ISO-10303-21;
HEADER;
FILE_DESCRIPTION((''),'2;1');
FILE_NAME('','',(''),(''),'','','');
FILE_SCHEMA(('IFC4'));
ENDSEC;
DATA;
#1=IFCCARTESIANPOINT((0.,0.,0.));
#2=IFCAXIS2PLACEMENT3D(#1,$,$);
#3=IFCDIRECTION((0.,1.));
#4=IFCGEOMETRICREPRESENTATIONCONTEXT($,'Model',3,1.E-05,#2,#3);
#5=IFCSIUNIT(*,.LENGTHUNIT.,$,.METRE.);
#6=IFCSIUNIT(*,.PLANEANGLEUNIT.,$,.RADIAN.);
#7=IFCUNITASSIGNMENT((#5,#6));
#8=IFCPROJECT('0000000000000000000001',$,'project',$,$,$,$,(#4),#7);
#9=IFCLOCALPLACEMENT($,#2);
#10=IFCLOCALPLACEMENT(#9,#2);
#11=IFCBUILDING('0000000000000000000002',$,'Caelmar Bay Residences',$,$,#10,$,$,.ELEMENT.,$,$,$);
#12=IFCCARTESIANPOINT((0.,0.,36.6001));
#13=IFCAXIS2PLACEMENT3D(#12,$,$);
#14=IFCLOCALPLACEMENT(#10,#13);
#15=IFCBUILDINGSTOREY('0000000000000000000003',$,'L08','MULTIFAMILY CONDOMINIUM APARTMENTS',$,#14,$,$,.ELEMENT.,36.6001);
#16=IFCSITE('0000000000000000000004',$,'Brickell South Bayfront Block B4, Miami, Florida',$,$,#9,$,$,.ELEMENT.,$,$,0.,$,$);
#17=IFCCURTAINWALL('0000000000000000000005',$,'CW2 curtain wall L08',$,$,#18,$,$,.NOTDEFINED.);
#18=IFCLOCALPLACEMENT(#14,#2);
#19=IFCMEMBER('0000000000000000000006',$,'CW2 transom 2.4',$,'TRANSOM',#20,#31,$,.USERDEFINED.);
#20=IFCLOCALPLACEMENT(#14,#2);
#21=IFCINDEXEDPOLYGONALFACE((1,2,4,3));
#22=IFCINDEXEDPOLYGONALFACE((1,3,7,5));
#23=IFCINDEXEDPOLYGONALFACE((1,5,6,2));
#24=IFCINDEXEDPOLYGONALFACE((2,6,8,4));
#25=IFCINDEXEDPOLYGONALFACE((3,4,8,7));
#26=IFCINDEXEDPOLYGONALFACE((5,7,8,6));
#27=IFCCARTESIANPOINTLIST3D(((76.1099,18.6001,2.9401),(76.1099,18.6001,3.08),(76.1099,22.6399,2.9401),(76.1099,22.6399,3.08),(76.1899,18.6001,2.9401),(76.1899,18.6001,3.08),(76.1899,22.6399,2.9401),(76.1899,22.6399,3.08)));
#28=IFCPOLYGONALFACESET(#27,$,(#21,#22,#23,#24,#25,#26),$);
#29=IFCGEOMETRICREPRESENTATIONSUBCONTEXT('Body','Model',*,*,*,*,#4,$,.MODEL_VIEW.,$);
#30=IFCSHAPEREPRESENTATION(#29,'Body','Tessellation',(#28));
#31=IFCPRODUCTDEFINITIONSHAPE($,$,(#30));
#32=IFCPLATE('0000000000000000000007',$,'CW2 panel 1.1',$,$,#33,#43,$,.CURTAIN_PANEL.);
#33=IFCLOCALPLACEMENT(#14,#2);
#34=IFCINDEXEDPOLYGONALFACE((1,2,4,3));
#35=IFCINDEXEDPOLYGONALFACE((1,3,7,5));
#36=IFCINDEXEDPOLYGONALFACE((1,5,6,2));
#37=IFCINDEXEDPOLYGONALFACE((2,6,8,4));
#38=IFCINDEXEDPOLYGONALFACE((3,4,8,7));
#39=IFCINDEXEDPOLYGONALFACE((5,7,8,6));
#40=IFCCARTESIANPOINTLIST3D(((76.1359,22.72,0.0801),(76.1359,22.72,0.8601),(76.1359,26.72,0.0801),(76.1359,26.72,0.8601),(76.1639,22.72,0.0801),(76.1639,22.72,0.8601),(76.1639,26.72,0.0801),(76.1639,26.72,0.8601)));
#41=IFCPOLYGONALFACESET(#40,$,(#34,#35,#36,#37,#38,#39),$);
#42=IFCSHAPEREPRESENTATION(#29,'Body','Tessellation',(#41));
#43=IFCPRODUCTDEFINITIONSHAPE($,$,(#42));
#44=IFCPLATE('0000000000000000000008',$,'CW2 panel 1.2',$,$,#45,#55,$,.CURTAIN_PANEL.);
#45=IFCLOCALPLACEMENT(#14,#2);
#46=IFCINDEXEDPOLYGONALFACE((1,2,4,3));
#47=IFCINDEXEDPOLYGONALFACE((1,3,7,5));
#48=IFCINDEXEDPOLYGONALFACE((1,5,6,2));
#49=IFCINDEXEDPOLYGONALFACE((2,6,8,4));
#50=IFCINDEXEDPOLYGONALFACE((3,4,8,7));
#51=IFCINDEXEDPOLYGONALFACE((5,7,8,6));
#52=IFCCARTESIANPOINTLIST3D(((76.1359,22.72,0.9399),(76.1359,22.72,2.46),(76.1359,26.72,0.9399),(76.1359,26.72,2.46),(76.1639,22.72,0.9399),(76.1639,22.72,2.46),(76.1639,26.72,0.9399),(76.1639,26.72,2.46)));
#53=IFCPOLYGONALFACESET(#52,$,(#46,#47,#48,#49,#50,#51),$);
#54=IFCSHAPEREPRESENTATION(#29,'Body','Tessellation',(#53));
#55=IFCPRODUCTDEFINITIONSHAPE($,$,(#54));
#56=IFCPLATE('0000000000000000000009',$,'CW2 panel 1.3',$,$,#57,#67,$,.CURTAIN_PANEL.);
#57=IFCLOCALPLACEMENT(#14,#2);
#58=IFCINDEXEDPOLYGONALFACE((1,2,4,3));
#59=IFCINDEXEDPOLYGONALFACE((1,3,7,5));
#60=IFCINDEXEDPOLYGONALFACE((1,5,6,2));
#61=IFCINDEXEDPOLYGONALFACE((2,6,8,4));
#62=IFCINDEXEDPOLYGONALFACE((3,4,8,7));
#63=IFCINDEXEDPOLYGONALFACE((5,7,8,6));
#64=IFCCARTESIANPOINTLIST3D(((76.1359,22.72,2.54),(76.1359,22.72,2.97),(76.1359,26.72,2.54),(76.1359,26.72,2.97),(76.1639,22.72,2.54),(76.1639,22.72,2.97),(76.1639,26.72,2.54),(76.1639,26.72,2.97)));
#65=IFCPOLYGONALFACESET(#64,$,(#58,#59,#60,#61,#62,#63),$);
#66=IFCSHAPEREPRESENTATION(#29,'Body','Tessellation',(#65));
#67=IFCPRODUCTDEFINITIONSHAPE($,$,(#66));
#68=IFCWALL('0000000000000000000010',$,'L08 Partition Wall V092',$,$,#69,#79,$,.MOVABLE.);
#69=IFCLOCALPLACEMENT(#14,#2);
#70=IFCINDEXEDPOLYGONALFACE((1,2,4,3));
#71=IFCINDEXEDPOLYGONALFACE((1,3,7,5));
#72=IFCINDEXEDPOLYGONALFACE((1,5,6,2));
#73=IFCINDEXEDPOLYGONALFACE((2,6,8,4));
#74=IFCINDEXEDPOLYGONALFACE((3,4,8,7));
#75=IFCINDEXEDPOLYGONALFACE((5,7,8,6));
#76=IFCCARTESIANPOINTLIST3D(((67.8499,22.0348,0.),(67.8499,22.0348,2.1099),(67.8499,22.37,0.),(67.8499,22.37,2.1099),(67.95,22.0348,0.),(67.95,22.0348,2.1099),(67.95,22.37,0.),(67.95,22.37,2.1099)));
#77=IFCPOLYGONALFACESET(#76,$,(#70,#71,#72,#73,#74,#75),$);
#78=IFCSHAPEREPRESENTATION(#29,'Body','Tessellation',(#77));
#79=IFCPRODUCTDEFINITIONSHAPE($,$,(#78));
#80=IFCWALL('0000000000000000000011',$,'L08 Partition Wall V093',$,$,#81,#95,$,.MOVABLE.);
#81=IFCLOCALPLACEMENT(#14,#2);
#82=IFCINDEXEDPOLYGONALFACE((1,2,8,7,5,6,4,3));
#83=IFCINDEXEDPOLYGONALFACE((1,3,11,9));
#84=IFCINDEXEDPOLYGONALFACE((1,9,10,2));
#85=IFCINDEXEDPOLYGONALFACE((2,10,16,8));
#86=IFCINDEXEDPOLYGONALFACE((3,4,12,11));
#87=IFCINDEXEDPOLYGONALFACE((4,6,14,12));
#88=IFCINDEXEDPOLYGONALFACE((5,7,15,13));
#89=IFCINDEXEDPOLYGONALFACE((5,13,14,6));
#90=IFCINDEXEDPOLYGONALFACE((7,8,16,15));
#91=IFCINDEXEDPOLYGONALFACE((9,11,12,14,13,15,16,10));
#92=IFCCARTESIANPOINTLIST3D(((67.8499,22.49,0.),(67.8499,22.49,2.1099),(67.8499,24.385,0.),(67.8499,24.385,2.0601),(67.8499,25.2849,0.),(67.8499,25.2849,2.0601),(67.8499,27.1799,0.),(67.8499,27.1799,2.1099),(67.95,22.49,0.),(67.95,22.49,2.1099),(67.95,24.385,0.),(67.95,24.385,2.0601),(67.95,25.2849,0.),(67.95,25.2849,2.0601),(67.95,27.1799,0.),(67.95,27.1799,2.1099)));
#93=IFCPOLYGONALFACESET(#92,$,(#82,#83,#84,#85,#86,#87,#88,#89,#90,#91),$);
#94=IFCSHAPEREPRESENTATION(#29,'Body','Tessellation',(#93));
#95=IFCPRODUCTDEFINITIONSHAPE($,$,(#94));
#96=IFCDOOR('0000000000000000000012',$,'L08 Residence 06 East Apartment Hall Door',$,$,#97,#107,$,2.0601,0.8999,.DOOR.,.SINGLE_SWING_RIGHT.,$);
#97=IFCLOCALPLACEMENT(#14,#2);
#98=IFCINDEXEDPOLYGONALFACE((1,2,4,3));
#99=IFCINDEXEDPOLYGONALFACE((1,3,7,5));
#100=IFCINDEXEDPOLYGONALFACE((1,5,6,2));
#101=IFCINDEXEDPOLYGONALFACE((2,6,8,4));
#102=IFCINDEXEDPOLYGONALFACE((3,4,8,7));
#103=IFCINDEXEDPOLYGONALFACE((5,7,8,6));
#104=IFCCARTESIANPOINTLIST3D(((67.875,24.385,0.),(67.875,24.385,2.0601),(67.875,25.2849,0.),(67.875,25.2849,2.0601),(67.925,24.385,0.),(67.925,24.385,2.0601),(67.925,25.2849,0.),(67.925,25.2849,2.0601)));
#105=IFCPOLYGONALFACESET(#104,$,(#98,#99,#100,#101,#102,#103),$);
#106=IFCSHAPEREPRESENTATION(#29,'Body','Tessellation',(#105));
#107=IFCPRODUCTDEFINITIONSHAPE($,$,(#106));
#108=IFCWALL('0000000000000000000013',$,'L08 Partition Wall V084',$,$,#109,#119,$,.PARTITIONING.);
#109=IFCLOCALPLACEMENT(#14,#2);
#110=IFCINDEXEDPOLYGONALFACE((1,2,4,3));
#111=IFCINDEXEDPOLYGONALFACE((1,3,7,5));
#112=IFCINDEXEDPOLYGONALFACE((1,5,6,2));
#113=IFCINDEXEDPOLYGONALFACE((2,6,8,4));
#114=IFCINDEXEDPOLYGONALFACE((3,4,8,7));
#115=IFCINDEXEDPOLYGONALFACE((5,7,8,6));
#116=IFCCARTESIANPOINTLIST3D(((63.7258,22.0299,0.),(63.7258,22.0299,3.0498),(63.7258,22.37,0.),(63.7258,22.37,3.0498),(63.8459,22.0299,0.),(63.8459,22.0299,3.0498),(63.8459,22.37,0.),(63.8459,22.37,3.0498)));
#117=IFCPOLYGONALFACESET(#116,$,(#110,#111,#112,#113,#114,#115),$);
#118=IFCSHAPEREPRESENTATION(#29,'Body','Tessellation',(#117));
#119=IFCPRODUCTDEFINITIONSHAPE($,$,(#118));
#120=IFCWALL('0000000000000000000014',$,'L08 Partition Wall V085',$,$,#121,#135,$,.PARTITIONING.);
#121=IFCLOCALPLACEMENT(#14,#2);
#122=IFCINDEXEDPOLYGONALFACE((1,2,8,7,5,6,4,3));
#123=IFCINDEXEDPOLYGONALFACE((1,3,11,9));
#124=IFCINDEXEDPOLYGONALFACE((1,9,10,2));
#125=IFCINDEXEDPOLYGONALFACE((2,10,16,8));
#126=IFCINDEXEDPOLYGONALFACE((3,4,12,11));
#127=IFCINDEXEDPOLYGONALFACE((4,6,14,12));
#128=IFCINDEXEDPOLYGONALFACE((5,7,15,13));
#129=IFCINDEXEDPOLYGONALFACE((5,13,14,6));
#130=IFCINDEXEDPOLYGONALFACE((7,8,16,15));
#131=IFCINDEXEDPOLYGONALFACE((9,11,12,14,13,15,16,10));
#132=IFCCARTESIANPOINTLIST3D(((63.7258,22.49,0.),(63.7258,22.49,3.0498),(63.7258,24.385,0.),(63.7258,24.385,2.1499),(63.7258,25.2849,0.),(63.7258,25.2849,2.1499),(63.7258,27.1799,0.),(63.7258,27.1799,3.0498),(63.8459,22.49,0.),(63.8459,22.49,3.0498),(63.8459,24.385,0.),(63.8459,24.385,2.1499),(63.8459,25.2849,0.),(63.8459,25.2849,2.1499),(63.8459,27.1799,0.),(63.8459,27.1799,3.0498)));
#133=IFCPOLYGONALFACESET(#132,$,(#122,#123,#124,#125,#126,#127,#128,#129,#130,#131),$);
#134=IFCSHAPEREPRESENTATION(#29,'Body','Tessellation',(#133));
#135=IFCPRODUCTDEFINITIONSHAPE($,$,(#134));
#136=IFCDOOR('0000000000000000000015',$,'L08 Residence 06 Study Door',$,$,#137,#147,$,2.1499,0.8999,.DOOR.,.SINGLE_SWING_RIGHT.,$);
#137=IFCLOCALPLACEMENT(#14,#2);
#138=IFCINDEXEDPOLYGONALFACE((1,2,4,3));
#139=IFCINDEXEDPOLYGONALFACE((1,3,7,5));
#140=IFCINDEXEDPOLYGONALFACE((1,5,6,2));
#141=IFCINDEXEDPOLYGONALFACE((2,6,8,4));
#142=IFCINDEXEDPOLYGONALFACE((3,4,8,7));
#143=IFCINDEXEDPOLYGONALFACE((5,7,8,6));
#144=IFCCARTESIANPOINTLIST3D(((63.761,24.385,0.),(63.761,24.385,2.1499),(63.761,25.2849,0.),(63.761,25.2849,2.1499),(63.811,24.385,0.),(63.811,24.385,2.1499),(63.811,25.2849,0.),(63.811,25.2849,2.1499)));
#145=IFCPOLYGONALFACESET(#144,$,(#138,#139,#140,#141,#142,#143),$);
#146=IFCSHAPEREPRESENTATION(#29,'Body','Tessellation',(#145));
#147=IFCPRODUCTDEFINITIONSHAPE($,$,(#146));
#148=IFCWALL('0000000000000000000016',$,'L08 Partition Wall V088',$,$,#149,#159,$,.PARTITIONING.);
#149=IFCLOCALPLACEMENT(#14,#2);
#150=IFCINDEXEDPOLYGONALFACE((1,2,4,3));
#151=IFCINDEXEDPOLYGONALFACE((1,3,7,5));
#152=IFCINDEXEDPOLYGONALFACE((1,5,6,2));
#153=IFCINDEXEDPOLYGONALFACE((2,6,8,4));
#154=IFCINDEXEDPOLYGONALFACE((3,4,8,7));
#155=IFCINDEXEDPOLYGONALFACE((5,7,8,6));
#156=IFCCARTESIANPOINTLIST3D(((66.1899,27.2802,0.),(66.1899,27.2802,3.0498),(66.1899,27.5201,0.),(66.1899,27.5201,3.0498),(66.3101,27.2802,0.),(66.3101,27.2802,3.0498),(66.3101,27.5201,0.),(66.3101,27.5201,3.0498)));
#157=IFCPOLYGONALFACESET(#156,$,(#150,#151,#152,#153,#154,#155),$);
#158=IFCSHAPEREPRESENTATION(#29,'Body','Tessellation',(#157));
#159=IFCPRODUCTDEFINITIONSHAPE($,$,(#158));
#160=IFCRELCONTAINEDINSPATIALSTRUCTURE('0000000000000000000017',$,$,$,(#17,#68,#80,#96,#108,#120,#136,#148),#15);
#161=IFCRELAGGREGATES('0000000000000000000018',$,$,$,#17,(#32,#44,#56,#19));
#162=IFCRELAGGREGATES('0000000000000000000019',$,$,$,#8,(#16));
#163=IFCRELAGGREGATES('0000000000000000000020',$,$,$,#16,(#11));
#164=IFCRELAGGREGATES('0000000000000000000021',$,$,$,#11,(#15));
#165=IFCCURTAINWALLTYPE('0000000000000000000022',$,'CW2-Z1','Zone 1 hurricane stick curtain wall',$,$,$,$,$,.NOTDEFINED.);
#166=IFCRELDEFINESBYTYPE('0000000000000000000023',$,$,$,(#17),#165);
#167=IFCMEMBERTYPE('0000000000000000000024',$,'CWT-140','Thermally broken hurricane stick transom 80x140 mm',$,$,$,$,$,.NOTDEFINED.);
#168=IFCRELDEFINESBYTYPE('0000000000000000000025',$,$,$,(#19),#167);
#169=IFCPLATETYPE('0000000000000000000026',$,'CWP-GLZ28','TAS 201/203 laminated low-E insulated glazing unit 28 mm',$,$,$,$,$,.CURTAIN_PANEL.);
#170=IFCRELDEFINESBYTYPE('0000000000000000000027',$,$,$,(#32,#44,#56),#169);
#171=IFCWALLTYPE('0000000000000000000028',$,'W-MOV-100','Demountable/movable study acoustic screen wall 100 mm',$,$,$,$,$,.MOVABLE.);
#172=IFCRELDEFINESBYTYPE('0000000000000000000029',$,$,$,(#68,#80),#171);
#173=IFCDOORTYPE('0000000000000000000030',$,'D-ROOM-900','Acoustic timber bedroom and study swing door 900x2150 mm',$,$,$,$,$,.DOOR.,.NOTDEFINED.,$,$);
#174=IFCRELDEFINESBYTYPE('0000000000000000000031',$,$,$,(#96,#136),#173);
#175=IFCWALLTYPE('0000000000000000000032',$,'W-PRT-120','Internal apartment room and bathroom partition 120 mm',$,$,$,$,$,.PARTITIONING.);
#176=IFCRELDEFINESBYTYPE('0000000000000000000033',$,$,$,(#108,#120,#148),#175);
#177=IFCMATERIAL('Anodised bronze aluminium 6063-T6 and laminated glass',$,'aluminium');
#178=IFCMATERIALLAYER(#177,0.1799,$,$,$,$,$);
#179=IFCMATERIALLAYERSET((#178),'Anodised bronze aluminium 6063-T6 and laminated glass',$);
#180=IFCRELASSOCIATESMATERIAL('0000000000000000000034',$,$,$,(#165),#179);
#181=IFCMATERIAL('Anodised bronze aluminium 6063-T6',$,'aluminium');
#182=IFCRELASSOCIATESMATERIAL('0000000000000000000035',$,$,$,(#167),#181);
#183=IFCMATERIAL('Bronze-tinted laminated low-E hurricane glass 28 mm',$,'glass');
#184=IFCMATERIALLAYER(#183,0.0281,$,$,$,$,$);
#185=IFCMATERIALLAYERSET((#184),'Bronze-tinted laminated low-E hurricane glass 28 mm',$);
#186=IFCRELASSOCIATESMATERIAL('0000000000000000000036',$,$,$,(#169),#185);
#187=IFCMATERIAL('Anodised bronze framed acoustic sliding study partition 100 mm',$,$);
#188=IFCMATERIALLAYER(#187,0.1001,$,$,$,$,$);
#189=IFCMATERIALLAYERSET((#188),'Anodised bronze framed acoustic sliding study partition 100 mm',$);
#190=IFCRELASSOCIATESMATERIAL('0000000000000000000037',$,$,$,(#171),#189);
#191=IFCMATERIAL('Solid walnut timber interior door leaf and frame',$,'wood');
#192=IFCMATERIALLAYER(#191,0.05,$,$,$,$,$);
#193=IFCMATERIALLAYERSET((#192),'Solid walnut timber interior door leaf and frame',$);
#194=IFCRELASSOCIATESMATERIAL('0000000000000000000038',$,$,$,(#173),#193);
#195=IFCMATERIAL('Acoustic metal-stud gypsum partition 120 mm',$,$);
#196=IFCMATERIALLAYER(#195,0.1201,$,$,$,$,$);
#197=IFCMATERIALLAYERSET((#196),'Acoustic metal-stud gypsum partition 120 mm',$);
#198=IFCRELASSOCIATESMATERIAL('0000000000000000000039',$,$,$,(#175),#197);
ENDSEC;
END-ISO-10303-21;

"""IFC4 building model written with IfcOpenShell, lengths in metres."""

from ifc_helpers import new_model, si_unit, direction, frame, frame_2d, origin, origin_2d, place, context, subcontext, project, spatial, rectangle, extrude, material, layer, layer_set, material_profile, profile_set, type_object, element, fill, aggregate, save


model = new_model("IFC4")

# Units and contexts
model_context = context("Model", 3, precision=1e-05, world=origin(), true_north=direction((0.0, 1.0)))
body_context = subcontext(model_context, "Body", "Model", "MODEL_VIEW")
ifc_project = project(units=[si_unit("LENGTHUNIT", "METRE"), si_unit("PLANEANGLEUNIT", "RADIAN")], contexts=[model_context])

# Site, building, storey
site_placement = place(None, origin())
site = spatial("IfcSite", under=ifc_project, at=site_placement, Name="Brickell South Bayfront Block B4, Miami, Florida", CompositionType="ELEMENT", RefElevation=0.0)
building_placement = place(site_placement, origin())
building = spatial("IfcBuilding", under=site, at=building_placement, Name="Caelmar Bay Residences", CompositionType="ELEMENT")
storey_placement = place(building_placement, frame((0.0, 0.0, 36.6001)))
storey = spatial("IfcBuildingStorey", under=building, at=storey_placement, Name="L08", Description="MULTIFAMILY CONDOMINIUM APARTMENTS", CompositionType="ELEMENT", Elevation=36.6001)

# Curtain wall, member, plates
ifc_material_1 = material(Name="Anodised bronze aluminium 6063-T6 and laminated glass", Category="aluminium")
ifc_layer_1 = layer(ifc_material_1, 0.1799)
ifc_layer_set_1 = layer_set([ifc_layer_1], Name="Anodised bronze aluminium 6063-T6 and laminated glass")
curtain_wall_type = type_object("IfcCurtainWallType", Name="CW2-Z1", Description="Zone 1 hurricane stick curtain wall", PredefinedType="NOTDEFINED", material=ifc_layer_set_1)
curtain_wall_placement = place(storey_placement, origin())
curtain_wall = element("IfcCurtainWall", 1, at=curtain_wall_placement, inside=storey, type_object=curtain_wall_type, Name="CW2 curtain wall L08", PredefinedType="NOTDEFINED")
ifc_material_2 = material(Name="Anodised bronze aluminium 6063-T6", Category="aluminium")
ifc_material_profile_1 = material_profile(ifc_material_2, rectangle(XDim=0.0801, YDim=0.1399, at=origin_2d()), Name="CWT-80X140")
ifc_profile_set_1 = profile_set([ifc_material_profile_1], Name="Anodised bronze aluminium 6063-T6")
member_type_1 = type_object("IfcMemberType", Name="CWT-140", Description="Thermally broken hurricane stick transom 80x140 mm", PredefinedType="NOTDEFINED", material=ifc_profile_set_1)
member_1_placement = place(storey_placement, frame((76.1499, 22.6399, 3.01), z_axis=(0.0, -1.0, 0.0), x_axis=(1.0, 0.0, 0.0)))
member_1 = element("IfcMember", 2, at=member_1_placement, type_object=member_type_1, Name="CW2 transom 2.4", ObjectType="TRANSOM", PredefinedType="USERDEFINED", context=body_context, shape_type="SweptSolid", body=[
    extrude(rectangle(XDim=0.0801, YDim=0.1399, at=origin_2d()), origin(), (0.0, 0.0, 1.0), 4.0398),
])
ifc_material_3 = material(Name="Bronze-tinted laminated low-E hurricane glass 28 mm", Category="glass")
ifc_layer_2 = layer(ifc_material_3, 0.0281)
ifc_layer_set_2 = layer_set([ifc_layer_2], Name="Bronze-tinted laminated low-E hurricane glass 28 mm")
plate_type = type_object("IfcPlateType", Name="CWP-GLZ28", Description="TAS 201/203 laminated low-E insulated glazing unit 28 mm", PredefinedType="CURTAIN_PANEL", material=ifc_layer_set_2)
plate_1_placement = place(storey_placement, frame((76.1499, 24.72, 0.0801), z_axis=(0.0, 0.0, 1.0), x_axis=(0.0, -1.0, 0.0)))
plate_1 = element("IfcPlate", 3, at=plate_1_placement, type_object=plate_type, Name="CW2 panel 1.1", PredefinedType="CURTAIN_PANEL", context=body_context, shape_type="SweptSolid", body=[
    extrude(rectangle(XDim=4.0, YDim=0.0281, at=origin_2d()), origin(), (0.0, 0.0, 1.0), 0.78),
])
plate_2_placement = place(storey_placement, frame((76.1499, 24.72, 0.9399), z_axis=(0.0, 0.0, 1.0), x_axis=(0.0, -1.0, 0.0)))
plate_2 = element("IfcPlate", 4, at=plate_2_placement, type_object=plate_type, Name="CW2 panel 1.2", PredefinedType="CURTAIN_PANEL", context=body_context, shape_type="SweptSolid", body=[
    extrude(rectangle(XDim=4.0, YDim=0.0281, at=origin_2d()), origin(), (0.0, 0.0, 1.0), 1.52),
])
plate_3_placement = place(storey_placement, frame((76.1499, 24.72, 2.54), z_axis=(0.0, 0.0, 1.0), x_axis=(0.0, -1.0, 0.0)))
plate_3 = element("IfcPlate", 5, at=plate_3_placement, type_object=plate_type, Name="CW2 panel 1.3", PredefinedType="CURTAIN_PANEL", context=body_context, shape_type="SweptSolid", body=[
    extrude(rectangle(XDim=4.0, YDim=0.0281, at=origin_2d()), origin(), (0.0, 0.0, 1.0), 0.4299),
])
aggregate(curtain_wall, [plate_1, plate_2, plate_3, member_1])

# Wall
ifc_material_4 = material(Name="Anodised bronze framed acoustic sliding study partition 100 mm")
ifc_layer_3 = layer(ifc_material_4, 0.1001)
ifc_layer_set_3 = layer_set([ifc_layer_3], Name="Anodised bronze framed acoustic sliding study partition 100 mm")
wall_type_1 = type_object("IfcWallType", Name="W-MOV-100", Description="Demountable/movable study acoustic screen wall 100 mm", PredefinedType="MOVABLE", material=ifc_layer_set_3)
wall_1_placement = place(storey_placement, frame((67.8999, 22.0349, 0.0), z_axis=(0.0, 0.0, 1.0), x_axis=(0.0, 1.0, 0.0)))
element("IfcWall", 6, at=wall_1_placement, inside=storey, type_object=wall_type_1, Name="L08 Partition Wall V092", PredefinedType="MOVABLE", context=body_context, shape_type="SweptSolid", body=[
    extrude(rectangle(XDim=0.3352, YDim=0.1001, at=frame_2d((0.1675, 0.0))), origin(), (0.0, 0.0, 1.0), 2.1099),
])

# Wall, opening, door
wall_2_placement = place(storey_placement, frame((67.8999, 22.49, 0.0), z_axis=(0.0, 0.0, 1.0), x_axis=(0.0, 1.0, 0.0)))
wall_2 = element("IfcWall", 7, at=wall_2_placement, inside=storey, type_object=wall_type_1, Name="L08 Partition Wall V093", PredefinedType="MOVABLE", context=body_context, shape_type="SweptSolid", body=[
    extrude(rectangle(XDim=4.6899, YDim=0.1001, at=frame_2d((2.345, 0.0))), origin(), (0.0, 0.0, 1.0), 2.1099),
])
opening_1_placement = place(wall_2_placement, frame((1.895, 0.0, 0.0)))
opening_1 = element("IfcOpeningElement", 8, at=opening_1_placement, cuts=wall_2, PredefinedType="OPENING", context=body_context, shape_type="SweptSolid", body=[
    extrude(rectangle(XDim=0.8999, YDim=2.0601, at=frame_2d((0.45, 1.03))), frame((0.0, 0.0601, 0.0), z_axis=(0.0, -1.0, 0.0), x_axis=(1.0, 0.0, 0.0)), (0.0, 0.0, 1.0), 0.1201),
])
ifc_material_5 = material(Name="Solid walnut timber interior door leaf and frame", Category="wood")
ifc_layer_4 = layer(ifc_material_5, 0.05)
ifc_layer_set_4 = layer_set([ifc_layer_4], Name="Solid walnut timber interior door leaf and frame")
door_type_1 = type_object("IfcDoorType", Name="D-ROOM-900", Description="Acoustic timber bedroom and study swing door 900x2150 mm", OperationType="NOTDEFINED", PredefinedType="DOOR", material=ifc_layer_set_4)
door_1_placement = place(opening_1_placement, origin())
door_1 = element("IfcDoor", 9, at=door_1_placement, inside=storey, type_object=door_type_1, Name="L08 Residence 06 East Apartment Hall Door", OperationType="SINGLE_SWING_RIGHT", OverallHeight=2.0601, OverallWidth=0.8999, PredefinedType="DOOR", context=body_context, shape_type="SweptSolid", body=[
    extrude(rectangle(XDim=0.8999, YDim=2.0601, at=frame_2d((0.45, 1.03))), frame((0.0, 0.0249, 0.0), z_axis=(0.0, -1.0, 0.0), x_axis=(1.0, 0.0, 0.0)), (0.0, 0.0, 1.0), 0.05),
])
fill(opening_1, door_1)

# Wall
ifc_material_6 = material(Name="Acoustic metal-stud gypsum partition 120 mm")
ifc_layer_5 = layer(ifc_material_6, 0.1201)
ifc_layer_set_5 = layer_set([ifc_layer_5], Name="Acoustic metal-stud gypsum partition 120 mm")
wall_type_2 = type_object("IfcWallType", Name="W-PRT-120", Description="Internal apartment room and bathroom partition 120 mm", PredefinedType="PARTITIONING", material=ifc_layer_set_5)
wall_3_placement = place(storey_placement, frame((63.7859, 22.03, 0.0), z_axis=(0.0, 0.0, 1.0), x_axis=(0.0, 1.0, 0.0)))
element("IfcWall", 10, at=wall_3_placement, inside=storey, type_object=wall_type_2, Name="L08 Partition Wall V084", PredefinedType="PARTITIONING", context=body_context, shape_type="SweptSolid", body=[
    extrude(rectangle(XDim=0.3401, YDim=0.1201, at=frame_2d((0.1699, 0.0))), origin(), (0.0, 0.0, 1.0), 3.0498),
])

# Wall, opening, door
wall_4_placement = place(storey_placement, frame((63.7859, 22.49, 0.0), z_axis=(0.0, 0.0, 1.0), x_axis=(0.0, 1.0, 0.0)))
wall_4 = element("IfcWall", 11, at=wall_4_placement, inside=storey, type_object=wall_type_2, Name="L08 Partition Wall V085", PredefinedType="PARTITIONING", context=body_context, shape_type="SweptSolid", body=[
    extrude(rectangle(XDim=4.6899, YDim=0.1201, at=frame_2d((2.345, 0.0))), origin(), (0.0, 0.0, 1.0), 3.0498),
])
opening_2_placement = place(wall_4_placement, frame((1.895, 0.0, 0.0)))
opening_2 = element("IfcOpeningElement", 12, at=opening_2_placement, cuts=wall_4, PredefinedType="OPENING", context=body_context, shape_type="SweptSolid", body=[
    extrude(rectangle(XDim=0.8999, YDim=2.1499, at=frame_2d((0.45, 1.075))), frame((0.0, 0.0701, 0.0), z_axis=(0.0, -1.0, 0.0), x_axis=(1.0, 0.0, 0.0)), (0.0, 0.0, 1.0), 0.1401),
])
door_2_placement = place(opening_2_placement, origin())
door_2 = element("IfcDoor", 13, at=door_2_placement, inside=storey, type_object=door_type_1, Name="L08 Residence 06 Study Door", OperationType="SINGLE_SWING_RIGHT", OverallHeight=2.1499, OverallWidth=0.8999, PredefinedType="DOOR", context=body_context, shape_type="SweptSolid", body=[
    extrude(rectangle(XDim=0.8999, YDim=2.1499, at=frame_2d((0.45, 1.075))), frame((0.0, 0.0249, 0.0), z_axis=(0.0, -1.0, 0.0), x_axis=(1.0, 0.0, 0.0)), (0.0, 0.0, 1.0), 0.05),
])
fill(opening_2, door_2)

# Wall
wall_5_placement = place(storey_placement, frame((66.25, 27.28, 0.0), z_axis=(0.0, 0.0, 1.0), x_axis=(0.0, 1.0, 0.0)))
element("IfcWall", 14, at=wall_5_placement, inside=storey, type_object=wall_type_2, Name="L08 Partition Wall V088", PredefinedType="PARTITIONING", context=body_context, shape_type="SweptSolid", body=[
    extrude(rectangle(XDim=0.24, YDim=0.1201, at=frame_2d((0.1201, 0.0))), origin(), (0.0, 0.0, 1.0), 3.0498),
])

save(model, "model.ifc")
